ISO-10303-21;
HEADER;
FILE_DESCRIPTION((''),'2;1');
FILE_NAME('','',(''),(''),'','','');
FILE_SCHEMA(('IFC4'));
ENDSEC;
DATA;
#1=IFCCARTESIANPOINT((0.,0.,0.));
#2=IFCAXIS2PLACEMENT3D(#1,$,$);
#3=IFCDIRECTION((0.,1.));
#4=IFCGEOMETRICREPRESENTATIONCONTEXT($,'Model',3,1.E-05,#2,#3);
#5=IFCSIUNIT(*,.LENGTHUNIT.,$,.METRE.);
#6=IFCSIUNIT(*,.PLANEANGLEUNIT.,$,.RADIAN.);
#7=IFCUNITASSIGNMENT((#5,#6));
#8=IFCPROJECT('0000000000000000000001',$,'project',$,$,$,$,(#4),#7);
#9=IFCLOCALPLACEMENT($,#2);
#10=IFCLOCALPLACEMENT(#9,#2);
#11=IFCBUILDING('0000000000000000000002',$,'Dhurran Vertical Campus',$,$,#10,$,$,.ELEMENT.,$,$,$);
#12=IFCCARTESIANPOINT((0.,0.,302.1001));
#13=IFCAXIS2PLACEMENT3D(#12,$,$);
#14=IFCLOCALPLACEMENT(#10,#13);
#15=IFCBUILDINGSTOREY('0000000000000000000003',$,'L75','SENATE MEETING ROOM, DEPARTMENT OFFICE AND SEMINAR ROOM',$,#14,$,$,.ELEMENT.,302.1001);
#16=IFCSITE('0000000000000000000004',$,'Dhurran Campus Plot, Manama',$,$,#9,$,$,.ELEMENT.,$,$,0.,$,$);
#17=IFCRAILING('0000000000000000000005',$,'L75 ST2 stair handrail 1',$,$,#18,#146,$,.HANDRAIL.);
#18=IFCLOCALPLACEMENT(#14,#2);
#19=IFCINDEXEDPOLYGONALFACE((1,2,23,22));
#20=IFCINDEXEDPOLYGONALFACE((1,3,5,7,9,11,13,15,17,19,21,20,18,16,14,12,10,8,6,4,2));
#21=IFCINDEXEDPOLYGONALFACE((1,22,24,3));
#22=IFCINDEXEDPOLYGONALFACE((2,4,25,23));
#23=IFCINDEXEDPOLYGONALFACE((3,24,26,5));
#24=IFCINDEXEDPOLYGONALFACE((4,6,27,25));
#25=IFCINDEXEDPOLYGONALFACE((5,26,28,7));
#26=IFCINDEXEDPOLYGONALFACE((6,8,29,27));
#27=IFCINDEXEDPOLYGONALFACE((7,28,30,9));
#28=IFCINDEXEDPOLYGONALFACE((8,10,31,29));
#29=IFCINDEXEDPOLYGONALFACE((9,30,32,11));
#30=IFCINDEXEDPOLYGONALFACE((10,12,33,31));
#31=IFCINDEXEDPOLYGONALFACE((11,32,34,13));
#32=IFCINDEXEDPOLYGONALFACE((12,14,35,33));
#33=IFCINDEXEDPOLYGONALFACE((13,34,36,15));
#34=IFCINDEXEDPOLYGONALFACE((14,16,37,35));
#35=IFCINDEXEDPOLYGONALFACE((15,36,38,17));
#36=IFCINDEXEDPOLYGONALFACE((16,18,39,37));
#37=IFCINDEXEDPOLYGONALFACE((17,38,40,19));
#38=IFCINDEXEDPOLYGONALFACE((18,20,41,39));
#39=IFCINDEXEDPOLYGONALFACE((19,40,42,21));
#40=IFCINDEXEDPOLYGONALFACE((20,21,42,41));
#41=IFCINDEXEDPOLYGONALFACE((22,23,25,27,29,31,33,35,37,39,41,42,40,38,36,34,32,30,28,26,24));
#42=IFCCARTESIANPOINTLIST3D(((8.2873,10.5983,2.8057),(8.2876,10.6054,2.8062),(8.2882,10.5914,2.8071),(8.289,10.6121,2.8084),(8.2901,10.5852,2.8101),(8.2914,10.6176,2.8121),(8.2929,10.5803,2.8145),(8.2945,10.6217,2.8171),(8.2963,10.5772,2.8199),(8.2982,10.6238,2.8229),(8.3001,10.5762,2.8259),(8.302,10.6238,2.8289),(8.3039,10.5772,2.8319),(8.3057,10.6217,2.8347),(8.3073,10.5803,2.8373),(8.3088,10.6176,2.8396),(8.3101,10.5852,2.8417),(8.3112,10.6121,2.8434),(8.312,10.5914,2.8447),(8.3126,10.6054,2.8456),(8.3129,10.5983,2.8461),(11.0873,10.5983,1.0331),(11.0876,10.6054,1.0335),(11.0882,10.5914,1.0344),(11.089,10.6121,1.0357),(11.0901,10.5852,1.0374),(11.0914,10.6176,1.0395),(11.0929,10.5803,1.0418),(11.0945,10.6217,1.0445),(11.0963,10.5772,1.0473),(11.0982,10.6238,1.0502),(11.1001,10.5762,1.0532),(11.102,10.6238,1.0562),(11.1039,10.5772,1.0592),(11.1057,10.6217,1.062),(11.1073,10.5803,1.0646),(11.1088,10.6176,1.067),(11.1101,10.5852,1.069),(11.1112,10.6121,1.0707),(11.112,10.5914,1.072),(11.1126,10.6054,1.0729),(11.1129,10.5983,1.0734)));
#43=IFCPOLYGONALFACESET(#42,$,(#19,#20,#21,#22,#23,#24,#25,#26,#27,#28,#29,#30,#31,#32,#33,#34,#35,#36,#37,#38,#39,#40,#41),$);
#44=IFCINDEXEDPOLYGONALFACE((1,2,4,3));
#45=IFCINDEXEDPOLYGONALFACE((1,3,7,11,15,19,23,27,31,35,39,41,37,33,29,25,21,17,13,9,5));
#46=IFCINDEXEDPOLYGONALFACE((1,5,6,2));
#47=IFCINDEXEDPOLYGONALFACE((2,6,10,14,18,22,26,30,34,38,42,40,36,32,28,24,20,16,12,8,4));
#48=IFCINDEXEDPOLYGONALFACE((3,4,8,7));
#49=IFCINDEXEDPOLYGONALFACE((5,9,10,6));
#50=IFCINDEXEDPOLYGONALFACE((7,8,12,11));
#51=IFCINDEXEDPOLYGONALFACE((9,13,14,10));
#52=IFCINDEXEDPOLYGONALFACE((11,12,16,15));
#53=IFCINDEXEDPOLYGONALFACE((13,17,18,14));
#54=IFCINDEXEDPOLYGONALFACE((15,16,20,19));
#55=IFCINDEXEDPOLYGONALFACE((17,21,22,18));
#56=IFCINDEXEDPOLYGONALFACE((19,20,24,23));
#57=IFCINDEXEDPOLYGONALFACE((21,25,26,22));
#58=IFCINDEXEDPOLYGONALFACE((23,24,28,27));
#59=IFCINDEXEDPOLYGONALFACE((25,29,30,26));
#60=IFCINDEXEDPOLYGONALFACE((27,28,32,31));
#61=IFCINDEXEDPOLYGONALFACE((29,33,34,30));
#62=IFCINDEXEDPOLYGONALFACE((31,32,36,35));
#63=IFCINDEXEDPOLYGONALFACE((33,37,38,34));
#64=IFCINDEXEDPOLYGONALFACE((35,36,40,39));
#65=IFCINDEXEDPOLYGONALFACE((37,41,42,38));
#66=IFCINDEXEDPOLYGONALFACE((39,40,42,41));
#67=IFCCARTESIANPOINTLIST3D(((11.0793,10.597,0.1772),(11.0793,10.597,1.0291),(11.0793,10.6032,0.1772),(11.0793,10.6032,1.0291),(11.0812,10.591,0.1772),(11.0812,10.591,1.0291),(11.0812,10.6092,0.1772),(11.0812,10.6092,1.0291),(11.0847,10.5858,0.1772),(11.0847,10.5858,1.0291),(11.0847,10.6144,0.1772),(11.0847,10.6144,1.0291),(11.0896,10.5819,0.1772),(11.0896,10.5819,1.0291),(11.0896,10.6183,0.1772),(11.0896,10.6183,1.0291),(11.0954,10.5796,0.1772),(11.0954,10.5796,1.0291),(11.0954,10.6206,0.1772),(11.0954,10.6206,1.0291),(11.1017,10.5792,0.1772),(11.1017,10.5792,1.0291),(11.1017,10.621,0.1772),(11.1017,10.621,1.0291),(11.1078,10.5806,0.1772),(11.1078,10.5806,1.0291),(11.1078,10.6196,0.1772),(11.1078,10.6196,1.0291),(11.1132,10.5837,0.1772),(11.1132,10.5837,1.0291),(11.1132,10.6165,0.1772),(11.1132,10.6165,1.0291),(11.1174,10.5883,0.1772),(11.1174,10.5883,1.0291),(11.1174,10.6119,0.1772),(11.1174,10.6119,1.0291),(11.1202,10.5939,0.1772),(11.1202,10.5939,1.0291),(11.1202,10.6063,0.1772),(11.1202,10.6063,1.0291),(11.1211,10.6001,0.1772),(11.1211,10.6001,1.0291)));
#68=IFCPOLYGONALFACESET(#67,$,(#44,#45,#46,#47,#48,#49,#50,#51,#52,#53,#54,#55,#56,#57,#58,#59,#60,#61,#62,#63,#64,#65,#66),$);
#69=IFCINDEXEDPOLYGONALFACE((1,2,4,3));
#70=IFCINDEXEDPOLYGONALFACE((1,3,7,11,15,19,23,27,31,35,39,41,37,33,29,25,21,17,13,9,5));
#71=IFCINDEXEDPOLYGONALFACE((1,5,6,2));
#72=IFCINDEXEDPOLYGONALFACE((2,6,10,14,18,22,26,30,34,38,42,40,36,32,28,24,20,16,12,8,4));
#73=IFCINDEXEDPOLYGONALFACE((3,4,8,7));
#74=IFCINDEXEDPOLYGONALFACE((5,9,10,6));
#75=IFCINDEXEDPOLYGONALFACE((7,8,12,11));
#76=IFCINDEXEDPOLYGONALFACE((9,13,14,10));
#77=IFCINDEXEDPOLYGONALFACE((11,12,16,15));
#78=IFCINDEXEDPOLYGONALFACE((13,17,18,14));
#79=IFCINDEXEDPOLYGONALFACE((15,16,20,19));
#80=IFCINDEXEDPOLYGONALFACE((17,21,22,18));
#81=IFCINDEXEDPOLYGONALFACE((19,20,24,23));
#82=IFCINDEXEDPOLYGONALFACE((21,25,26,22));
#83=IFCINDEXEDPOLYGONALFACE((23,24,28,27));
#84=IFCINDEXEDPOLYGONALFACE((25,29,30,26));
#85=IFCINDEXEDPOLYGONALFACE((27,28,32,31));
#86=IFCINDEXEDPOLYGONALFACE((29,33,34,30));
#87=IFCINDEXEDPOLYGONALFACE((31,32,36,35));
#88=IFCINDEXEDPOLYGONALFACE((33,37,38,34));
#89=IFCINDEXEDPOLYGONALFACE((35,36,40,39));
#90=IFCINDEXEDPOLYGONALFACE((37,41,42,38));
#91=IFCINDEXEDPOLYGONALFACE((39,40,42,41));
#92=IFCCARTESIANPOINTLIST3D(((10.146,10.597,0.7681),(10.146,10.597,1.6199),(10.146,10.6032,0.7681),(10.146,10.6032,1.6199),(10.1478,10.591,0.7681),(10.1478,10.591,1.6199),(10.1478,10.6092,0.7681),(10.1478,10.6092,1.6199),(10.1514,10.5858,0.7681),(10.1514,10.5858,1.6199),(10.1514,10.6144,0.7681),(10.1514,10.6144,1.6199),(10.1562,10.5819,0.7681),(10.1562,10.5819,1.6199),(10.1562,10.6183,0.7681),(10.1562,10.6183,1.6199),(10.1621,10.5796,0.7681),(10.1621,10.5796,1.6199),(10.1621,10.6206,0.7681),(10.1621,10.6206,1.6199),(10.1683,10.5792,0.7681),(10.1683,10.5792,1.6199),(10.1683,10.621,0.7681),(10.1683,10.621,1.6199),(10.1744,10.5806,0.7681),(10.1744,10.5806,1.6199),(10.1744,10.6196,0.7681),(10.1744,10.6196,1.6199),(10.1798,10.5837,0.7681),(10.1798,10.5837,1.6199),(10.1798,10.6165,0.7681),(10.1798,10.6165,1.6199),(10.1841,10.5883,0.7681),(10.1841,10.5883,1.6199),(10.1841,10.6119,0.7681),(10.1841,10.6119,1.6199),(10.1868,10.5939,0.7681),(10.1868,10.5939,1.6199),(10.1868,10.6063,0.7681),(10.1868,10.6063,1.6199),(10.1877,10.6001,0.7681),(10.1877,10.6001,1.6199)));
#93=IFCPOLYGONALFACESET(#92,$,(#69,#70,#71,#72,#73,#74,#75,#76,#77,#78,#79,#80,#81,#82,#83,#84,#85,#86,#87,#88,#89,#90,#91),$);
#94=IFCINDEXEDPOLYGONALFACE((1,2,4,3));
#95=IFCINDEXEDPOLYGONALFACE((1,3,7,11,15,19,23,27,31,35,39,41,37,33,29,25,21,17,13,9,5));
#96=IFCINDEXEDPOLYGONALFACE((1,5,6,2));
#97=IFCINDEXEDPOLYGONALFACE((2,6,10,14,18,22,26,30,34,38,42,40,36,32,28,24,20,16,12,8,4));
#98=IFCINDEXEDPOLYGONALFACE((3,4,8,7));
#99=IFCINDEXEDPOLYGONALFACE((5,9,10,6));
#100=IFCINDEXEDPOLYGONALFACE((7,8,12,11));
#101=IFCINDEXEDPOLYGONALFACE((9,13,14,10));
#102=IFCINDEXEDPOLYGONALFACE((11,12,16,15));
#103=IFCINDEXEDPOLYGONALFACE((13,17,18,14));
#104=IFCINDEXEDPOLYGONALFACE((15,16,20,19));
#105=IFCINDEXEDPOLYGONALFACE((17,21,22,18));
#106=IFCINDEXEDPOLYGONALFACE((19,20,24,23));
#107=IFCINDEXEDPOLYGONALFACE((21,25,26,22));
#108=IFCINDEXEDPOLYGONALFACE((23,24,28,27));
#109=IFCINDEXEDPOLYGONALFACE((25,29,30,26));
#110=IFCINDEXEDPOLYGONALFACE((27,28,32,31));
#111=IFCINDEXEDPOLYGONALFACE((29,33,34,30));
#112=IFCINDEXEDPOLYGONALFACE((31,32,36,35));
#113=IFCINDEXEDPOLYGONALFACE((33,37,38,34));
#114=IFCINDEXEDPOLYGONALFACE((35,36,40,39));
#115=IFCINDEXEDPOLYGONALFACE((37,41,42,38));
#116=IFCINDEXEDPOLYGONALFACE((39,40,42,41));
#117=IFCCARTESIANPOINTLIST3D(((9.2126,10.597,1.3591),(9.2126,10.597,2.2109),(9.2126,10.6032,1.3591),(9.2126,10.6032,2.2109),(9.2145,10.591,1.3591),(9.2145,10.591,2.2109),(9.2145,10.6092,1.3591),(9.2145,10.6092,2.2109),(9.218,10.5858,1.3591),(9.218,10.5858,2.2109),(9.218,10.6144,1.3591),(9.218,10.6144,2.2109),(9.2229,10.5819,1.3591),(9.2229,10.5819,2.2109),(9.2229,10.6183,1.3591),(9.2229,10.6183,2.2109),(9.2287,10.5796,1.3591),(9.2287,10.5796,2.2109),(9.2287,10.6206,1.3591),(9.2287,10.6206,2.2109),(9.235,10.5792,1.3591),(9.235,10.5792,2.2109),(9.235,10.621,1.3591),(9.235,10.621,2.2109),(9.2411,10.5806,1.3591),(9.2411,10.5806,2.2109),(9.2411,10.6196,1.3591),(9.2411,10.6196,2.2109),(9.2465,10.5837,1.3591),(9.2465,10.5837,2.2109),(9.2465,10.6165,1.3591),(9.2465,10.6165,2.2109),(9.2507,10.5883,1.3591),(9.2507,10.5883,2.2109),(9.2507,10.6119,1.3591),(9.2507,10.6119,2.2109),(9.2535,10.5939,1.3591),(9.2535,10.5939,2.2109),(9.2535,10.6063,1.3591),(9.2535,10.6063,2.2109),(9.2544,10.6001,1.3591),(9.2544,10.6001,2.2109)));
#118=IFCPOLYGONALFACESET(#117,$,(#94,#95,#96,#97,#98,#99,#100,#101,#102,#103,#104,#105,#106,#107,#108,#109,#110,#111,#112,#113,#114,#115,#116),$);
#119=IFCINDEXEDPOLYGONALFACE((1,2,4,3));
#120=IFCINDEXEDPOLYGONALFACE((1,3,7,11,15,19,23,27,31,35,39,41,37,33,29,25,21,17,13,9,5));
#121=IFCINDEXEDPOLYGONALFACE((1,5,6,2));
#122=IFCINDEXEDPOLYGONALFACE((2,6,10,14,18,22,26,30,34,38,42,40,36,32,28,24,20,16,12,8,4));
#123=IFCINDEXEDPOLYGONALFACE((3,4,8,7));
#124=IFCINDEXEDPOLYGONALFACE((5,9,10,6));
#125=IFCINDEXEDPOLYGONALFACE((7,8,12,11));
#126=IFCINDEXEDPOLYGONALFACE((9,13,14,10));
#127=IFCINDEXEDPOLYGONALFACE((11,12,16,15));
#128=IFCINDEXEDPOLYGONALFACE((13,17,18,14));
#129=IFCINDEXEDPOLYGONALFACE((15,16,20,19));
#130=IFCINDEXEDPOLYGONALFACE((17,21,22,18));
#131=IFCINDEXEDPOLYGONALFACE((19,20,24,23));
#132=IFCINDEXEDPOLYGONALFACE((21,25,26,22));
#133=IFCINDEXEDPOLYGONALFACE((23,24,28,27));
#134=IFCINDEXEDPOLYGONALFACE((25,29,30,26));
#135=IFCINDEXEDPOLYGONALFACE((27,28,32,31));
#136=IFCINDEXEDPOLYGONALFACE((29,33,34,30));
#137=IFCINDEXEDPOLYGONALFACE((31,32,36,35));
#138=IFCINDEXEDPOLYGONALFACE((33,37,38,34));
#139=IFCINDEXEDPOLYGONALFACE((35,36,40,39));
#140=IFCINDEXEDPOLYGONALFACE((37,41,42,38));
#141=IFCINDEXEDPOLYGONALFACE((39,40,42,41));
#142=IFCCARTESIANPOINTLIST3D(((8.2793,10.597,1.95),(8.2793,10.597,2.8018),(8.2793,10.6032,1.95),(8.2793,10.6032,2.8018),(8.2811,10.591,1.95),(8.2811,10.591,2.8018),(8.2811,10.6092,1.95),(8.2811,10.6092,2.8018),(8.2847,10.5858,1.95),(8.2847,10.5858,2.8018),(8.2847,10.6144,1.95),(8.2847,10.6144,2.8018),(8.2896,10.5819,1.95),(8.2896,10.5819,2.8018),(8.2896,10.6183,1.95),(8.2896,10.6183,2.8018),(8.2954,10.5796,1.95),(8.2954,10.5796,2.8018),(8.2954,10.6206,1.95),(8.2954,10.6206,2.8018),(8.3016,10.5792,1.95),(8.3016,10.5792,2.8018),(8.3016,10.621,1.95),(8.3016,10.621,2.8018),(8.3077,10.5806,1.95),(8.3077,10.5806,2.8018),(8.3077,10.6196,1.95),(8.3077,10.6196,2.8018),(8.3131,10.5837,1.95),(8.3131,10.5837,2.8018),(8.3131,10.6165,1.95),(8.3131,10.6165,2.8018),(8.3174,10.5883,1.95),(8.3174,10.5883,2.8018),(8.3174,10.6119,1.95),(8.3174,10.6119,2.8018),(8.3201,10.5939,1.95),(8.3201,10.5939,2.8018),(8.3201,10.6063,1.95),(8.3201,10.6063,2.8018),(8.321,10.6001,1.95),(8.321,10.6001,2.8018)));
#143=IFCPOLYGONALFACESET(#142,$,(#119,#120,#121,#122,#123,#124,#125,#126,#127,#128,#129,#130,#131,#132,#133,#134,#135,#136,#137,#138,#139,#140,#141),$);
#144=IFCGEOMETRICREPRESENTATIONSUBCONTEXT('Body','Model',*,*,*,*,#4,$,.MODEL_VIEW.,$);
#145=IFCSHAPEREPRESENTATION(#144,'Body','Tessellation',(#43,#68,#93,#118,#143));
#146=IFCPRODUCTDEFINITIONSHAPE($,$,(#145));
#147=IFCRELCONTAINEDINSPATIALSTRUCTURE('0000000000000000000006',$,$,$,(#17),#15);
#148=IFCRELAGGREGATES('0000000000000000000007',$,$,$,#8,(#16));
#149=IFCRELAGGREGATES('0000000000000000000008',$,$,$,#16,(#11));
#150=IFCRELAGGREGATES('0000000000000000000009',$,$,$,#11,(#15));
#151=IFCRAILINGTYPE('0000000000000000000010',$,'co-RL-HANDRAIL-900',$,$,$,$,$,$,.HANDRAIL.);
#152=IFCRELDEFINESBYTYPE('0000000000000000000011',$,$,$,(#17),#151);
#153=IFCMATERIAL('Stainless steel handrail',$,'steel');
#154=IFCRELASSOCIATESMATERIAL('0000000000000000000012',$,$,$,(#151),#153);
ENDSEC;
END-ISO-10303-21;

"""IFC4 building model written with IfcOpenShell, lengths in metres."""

from ifc_helpers import new_model, si_unit, direction, frame, origin, origin_2d, place, context, subcontext, project, spatial, circle, extrude, material, type_object, element, save


model = new_model("IFC4")

# Units and contexts
model_context = context("Model", 3, precision=1e-05, world=origin(), true_north=direction((0.0, 1.0)))
body_context = subcontext(model_context, "Body", "Model", "MODEL_VIEW")
ifc_project = project(units=[si_unit("LENGTHUNIT", "METRE"), si_unit("PLANEANGLEUNIT", "RADIAN")], contexts=[model_context])

# Site, building, storey
site_placement = place(None, origin())
site = spatial("IfcSite", under=ifc_project, at=site_placement, Name="Dhurran Campus Plot, Manama", CompositionType="ELEMENT", RefElevation=0.0)
building_placement = place(site_placement, origin())
building = spatial("IfcBuilding", under=site, at=building_placement, Name="Dhurran Vertical Campus", CompositionType="ELEMENT")
storey_placement = place(building_placement, frame((0.0, 0.0, 302.1001)))
storey = spatial("IfcBuildingStorey", under=building, at=storey_placement, Name="L75", Description="SENATE MEETING ROOM, DEPARTMENT OFFICE AND SEMINAR ROOM", CompositionType="ELEMENT", Elevation=302.1001)

# Railing
ifc_material_1 = material(Name="Stainless steel handrail", Category="steel")
railing_type = type_object("IfcRailingType", Name="co-RL-HANDRAIL-900", PredefinedType="HANDRAIL", material=ifc_material_1)
railing_placement = place(storey_placement, frame((11.1001, 10.6001, 0.1772)))
element("IfcRailing", 1, at=railing_placement, inside=storey, type_object=railing_type, Name="L75 ST2 stair handrail 1", PredefinedType="HANDRAIL", context=body_context, shape_type="SweptSolid", body=[
    extrude(circle(Radius=0.0239, at=origin_2d()), frame((0.0, 0.0, 0.876), z_axis=(-0.844909, 0.0, 0.53491), x_axis=(0.0, -1.0, 0.0)), (0.0, 0.0, 1.0), 3.314),
    extrude(circle(Radius=0.021, at=origin_2d()), origin(), (0.0, 0.0, 1.0), 0.8518),
    extrude(circle(Radius=0.021, at=origin_2d()), frame((-0.9333, 0.0, 0.5908)), (0.0, 0.0, 1.0), 0.8518),
    extrude(circle(Radius=0.021, at=origin_2d()), frame((-1.8667, 0.0, 1.1819)), (0.0, 0.0, 1.0), 0.8518),
    extrude(circle(Radius=0.021, at=origin_2d()), frame((-2.8, 0.0, 1.7727)), (0.0, 0.0, 1.0), 0.8518),
])

save(model, "model.ifc")
